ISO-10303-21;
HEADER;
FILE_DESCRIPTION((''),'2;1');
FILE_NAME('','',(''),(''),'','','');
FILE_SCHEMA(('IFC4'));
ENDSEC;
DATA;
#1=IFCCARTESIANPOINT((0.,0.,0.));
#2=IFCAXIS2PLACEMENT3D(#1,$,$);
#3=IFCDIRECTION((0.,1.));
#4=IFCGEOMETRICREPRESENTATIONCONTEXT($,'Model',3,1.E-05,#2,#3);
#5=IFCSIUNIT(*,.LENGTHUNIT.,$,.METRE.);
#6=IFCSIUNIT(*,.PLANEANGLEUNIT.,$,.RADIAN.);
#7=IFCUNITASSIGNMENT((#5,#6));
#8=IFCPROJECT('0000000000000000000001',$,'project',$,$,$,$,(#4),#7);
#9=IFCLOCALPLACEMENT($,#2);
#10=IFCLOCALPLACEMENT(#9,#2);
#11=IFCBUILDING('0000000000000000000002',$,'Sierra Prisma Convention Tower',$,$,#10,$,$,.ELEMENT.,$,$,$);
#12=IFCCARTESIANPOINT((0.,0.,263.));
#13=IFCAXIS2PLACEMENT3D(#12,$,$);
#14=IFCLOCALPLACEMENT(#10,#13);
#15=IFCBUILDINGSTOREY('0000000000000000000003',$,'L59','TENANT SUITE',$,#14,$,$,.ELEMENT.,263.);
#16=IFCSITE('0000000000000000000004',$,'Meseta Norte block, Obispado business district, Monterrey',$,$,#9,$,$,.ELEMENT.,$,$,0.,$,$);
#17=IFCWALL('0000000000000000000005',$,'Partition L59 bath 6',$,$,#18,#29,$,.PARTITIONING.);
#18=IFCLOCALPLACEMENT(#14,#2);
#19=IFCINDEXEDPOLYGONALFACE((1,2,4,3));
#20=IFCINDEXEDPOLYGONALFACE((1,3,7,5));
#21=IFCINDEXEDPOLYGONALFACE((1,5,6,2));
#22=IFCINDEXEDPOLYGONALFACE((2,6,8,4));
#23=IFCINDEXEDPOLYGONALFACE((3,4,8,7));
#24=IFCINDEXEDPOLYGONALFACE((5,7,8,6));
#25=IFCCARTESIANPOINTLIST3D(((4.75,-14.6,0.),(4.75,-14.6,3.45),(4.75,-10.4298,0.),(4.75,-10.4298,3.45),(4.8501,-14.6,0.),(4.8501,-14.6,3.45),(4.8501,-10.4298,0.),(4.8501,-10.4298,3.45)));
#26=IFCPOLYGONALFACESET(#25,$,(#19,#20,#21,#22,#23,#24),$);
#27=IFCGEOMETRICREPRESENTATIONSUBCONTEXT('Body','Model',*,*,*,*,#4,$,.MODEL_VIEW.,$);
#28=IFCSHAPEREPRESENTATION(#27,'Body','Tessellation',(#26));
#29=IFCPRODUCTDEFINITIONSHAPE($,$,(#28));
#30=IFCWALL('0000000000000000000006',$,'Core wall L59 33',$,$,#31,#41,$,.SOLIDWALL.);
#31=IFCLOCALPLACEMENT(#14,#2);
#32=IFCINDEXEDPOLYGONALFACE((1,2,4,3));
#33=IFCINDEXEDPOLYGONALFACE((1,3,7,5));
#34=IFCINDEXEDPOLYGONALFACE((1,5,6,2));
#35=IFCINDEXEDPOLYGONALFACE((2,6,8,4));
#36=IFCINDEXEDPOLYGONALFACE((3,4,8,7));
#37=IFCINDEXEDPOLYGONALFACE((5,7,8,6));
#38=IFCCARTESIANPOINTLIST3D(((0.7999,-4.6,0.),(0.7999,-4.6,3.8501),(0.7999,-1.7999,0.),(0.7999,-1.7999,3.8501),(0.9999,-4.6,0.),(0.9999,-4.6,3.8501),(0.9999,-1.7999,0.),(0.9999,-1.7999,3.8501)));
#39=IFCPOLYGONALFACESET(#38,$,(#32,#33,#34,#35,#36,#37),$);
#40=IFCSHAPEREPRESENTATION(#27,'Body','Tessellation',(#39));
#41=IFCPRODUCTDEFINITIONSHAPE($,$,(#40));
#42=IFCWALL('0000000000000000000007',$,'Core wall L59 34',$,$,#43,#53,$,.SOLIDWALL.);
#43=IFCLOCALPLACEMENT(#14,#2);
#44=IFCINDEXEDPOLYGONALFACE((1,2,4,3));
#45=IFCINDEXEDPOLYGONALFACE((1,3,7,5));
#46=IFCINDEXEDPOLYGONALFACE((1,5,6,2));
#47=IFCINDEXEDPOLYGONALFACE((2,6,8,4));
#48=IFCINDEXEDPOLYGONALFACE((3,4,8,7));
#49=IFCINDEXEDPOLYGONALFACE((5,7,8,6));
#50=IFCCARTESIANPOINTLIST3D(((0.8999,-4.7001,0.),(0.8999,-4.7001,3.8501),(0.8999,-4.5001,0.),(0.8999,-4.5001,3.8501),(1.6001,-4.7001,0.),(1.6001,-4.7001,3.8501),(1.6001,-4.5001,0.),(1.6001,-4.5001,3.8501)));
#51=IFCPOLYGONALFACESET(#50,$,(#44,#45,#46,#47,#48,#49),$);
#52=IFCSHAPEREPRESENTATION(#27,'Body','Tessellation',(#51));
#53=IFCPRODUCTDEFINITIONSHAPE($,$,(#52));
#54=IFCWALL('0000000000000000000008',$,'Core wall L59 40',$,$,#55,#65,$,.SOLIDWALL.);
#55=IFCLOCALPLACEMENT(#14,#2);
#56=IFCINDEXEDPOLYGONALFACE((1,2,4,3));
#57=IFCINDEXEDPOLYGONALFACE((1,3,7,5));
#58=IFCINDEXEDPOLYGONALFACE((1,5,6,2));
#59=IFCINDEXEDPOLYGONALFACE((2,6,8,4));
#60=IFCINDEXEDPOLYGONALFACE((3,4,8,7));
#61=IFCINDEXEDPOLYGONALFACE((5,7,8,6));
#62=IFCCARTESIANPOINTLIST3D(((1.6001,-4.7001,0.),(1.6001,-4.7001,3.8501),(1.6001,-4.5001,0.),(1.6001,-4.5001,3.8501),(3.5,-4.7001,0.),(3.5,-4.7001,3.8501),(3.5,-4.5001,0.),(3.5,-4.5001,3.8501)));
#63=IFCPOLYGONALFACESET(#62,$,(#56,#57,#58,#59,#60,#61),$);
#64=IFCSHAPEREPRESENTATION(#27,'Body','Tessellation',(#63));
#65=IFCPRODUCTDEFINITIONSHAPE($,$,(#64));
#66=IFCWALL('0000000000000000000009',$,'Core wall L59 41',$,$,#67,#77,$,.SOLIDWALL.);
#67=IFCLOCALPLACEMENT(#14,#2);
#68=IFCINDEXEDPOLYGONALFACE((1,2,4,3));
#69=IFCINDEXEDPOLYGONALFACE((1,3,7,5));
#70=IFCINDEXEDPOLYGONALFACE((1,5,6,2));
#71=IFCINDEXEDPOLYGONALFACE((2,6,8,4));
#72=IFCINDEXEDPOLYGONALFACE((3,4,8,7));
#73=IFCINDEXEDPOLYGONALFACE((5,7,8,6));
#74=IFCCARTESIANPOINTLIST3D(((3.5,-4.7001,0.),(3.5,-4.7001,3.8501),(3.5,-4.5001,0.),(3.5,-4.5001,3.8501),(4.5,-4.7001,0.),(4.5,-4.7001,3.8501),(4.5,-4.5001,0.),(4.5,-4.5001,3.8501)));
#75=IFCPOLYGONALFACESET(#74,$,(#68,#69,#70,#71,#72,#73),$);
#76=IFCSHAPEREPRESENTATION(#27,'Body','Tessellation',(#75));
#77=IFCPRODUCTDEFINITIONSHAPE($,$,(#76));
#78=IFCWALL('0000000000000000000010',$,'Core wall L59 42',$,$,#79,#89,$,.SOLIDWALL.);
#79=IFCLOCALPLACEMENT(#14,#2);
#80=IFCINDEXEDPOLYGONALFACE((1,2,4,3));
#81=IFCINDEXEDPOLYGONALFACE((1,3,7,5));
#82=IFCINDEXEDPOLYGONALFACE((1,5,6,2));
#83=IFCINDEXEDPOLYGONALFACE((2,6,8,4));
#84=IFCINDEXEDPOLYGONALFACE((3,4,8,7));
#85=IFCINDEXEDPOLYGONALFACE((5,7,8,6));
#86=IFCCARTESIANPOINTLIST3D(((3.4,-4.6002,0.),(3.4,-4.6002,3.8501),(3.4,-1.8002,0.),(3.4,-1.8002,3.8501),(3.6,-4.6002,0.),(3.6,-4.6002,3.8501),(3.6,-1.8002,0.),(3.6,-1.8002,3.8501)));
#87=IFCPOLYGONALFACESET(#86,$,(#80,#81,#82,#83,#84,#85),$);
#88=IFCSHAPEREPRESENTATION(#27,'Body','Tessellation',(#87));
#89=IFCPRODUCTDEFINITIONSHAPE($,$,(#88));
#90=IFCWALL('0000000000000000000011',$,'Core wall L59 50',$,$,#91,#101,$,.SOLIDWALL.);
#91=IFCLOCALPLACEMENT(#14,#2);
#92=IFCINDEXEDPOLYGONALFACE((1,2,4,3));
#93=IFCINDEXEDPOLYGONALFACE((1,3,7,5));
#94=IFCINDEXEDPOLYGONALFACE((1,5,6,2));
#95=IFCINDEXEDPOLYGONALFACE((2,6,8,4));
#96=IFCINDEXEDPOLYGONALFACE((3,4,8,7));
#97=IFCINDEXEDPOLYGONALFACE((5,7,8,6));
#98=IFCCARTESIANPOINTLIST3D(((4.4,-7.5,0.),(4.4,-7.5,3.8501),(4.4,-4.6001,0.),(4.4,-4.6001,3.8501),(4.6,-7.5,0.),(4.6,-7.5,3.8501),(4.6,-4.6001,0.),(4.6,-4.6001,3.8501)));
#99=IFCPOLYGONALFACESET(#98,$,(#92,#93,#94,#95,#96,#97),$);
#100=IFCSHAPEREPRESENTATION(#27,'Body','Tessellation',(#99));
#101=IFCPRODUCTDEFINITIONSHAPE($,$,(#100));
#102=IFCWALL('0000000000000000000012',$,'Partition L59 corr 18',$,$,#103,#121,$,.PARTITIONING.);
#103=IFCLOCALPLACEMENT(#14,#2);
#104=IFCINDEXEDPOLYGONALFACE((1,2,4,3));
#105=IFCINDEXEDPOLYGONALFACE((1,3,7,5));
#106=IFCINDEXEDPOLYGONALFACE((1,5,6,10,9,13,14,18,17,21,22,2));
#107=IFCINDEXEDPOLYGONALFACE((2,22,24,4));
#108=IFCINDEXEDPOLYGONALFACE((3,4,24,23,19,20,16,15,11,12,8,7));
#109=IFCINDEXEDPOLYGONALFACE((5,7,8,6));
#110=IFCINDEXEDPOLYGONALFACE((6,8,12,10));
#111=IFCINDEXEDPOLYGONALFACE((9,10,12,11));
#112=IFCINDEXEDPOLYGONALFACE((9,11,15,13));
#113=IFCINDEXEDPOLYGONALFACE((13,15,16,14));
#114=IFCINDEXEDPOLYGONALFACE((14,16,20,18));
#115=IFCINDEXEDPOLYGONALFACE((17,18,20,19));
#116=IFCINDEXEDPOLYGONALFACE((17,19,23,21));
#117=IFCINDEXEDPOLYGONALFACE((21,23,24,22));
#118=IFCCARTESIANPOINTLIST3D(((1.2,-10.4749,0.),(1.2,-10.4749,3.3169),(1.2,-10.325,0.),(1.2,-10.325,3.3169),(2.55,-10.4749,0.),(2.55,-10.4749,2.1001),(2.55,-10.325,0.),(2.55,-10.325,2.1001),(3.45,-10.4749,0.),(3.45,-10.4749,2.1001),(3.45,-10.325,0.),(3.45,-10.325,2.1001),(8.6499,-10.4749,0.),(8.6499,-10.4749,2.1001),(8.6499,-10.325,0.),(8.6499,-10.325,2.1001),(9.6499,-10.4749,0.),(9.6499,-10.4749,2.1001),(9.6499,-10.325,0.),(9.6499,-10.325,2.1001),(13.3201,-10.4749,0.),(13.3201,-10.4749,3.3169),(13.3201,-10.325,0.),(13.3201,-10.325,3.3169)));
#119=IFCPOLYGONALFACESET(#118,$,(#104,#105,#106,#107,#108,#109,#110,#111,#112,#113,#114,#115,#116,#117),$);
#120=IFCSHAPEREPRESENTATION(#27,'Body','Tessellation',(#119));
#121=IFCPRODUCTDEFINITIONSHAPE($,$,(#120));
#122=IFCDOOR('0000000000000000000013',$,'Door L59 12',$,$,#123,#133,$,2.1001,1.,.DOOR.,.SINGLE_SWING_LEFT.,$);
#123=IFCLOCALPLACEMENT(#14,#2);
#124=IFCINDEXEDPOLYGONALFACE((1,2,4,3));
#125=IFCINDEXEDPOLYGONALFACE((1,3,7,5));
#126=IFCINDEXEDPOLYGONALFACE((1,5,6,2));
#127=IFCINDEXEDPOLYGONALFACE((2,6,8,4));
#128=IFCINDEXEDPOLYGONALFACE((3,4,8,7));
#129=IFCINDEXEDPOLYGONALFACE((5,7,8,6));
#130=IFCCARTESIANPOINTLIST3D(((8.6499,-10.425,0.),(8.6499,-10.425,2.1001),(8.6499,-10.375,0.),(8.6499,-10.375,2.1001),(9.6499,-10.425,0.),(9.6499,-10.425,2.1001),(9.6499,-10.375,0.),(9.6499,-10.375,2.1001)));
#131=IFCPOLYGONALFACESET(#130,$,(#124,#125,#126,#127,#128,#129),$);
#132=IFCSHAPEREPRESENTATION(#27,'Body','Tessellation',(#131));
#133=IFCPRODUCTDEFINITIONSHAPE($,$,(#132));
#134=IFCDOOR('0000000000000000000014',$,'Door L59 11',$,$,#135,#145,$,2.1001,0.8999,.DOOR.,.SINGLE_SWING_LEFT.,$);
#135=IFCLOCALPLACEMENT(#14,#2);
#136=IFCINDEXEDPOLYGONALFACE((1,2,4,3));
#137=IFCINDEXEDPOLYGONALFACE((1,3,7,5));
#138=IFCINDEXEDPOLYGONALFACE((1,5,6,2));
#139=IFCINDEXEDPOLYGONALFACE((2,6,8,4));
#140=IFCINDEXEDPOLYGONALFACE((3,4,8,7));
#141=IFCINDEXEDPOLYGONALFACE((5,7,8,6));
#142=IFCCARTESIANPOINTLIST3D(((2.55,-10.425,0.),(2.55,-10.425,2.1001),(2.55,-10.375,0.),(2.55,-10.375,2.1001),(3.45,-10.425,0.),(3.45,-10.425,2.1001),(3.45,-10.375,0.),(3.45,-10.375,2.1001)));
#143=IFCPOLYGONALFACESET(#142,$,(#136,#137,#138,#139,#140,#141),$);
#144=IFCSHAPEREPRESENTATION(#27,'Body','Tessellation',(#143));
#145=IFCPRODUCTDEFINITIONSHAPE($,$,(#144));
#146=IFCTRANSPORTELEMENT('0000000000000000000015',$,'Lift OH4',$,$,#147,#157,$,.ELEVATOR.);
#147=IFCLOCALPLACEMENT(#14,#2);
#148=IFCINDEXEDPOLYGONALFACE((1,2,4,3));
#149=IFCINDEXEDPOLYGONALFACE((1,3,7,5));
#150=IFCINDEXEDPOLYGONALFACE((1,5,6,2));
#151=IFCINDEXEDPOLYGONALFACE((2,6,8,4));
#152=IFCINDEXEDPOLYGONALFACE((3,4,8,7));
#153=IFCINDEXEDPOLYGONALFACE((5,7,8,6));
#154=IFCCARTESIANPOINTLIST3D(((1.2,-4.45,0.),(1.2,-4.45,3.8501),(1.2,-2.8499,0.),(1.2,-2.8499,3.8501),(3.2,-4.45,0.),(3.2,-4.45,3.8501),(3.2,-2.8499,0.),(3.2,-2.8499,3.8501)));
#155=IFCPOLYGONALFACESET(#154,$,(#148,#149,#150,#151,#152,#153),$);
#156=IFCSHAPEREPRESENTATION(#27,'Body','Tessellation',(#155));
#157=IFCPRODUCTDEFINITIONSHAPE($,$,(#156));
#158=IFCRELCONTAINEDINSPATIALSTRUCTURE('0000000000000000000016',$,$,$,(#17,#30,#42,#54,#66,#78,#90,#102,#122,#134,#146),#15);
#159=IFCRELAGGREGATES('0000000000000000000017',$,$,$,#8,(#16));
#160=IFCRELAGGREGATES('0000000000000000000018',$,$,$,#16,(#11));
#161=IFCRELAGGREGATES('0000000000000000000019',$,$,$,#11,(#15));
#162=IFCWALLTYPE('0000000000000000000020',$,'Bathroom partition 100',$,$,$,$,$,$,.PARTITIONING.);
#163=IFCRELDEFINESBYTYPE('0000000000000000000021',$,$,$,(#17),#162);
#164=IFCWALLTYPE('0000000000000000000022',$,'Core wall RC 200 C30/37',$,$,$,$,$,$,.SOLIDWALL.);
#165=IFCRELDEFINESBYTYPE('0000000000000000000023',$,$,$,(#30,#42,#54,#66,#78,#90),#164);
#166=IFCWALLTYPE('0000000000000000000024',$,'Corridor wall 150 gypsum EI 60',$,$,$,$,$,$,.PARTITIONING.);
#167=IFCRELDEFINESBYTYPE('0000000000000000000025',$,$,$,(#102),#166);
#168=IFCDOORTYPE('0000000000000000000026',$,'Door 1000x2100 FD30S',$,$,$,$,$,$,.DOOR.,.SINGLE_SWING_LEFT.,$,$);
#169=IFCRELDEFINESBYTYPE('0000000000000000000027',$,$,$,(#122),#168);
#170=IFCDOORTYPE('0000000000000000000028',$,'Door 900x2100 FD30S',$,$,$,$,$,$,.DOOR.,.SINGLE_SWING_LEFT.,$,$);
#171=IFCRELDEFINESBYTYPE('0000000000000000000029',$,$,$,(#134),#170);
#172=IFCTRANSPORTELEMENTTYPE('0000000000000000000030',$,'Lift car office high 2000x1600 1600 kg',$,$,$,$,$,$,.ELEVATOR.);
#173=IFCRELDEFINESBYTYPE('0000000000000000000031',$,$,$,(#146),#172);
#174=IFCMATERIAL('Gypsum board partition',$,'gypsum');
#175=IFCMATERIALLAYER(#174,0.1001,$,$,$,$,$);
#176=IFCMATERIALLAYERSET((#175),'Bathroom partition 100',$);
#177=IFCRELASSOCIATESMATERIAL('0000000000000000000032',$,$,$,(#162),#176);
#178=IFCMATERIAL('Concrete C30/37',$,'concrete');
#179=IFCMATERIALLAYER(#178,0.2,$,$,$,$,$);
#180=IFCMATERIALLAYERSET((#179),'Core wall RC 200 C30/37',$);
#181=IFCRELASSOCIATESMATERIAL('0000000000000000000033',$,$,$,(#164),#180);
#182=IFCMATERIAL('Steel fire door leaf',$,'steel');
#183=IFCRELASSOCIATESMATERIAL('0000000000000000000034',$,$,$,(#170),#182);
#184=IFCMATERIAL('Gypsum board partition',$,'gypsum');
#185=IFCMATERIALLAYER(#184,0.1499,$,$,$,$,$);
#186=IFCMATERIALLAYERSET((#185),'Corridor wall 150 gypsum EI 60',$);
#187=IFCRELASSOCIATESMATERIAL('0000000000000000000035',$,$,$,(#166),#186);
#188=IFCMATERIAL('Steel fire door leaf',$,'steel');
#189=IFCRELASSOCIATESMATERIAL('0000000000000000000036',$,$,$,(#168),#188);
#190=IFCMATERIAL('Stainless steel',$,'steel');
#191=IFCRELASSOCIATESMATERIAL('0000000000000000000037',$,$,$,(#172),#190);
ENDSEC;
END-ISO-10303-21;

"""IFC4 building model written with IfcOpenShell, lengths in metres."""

from ifc_helpers import new_model, si_unit, direction, frame, frame_2d, origin, origin_2d, place, context, subcontext, project, spatial, rectangle, extrude, material, layer, layer_set, type_object, element, fill, save


model = new_model("IFC4")

# Units and contexts
model_context = context("Model", 3, precision=1e-05, world=origin(), true_north=direction((0.0, 1.0)))
body_context = subcontext(model_context, "Body", "Model", "MODEL_VIEW")
ifc_project = project(units=[si_unit("LENGTHUNIT", "METRE"), si_unit("PLANEANGLEUNIT", "RADIAN")], contexts=[model_context])

# Site, building, storey
site_placement = place(None, origin())
site = spatial("IfcSite", under=ifc_project, at=site_placement, Name="Meseta Norte block, Obispado business district, Monterrey", CompositionType="ELEMENT", RefElevation=0.0)
building_placement = place(site_placement, origin())
building = spatial("IfcBuilding", under=site, at=building_placement, Name="Sierra Prisma Convention Tower", CompositionType="ELEMENT")
storey_placement = place(building_placement, frame((0.0, 0.0, 263.0)))
storey = spatial("IfcBuildingStorey", under=building, at=storey_placement, Name="L59", Description="TENANT SUITE", CompositionType="ELEMENT", Elevation=263.0)

# Wall
ifc_material_1 = material(Name="Gypsum board partition", Category="gypsum")
ifc_layer_1 = layer(ifc_material_1, 0.1001)
ifc_layer_set_1 = layer_set([ifc_layer_1], Name="Bathroom partition 100")
wall_type_1 = type_object("IfcWallType", Name="Bathroom partition 100", PredefinedType="PARTITIONING", material=ifc_layer_set_1)
wall_1_placement = place(storey_placement, frame((4.8, -10.4299, 0.0), z_axis=(0.0, 0.0, 1.0), x_axis=(0.0, -1.0, 0.0)))
element("IfcWall", 1, at=wall_1_placement, inside=storey, type_object=wall_type_1, Name="Partition L59 bath 6", PredefinedType="PARTITIONING", context=body_context, shape_type="SweptSolid", body=[
    extrude(rectangle(XDim=4.1702, YDim=0.1001, at=frame_2d((2.085, 0.0))), origin(), (0.0, 0.0, 1.0), 3.45),
])

# Shared definitions
ifc_material_2 = material(Name="Concrete C30/37", Category="concrete")
ifc_layer_2 = layer(ifc_material_2, 0.2)
ifc_layer_set_2 = layer_set([ifc_layer_2], Name="Core wall RC 200 C30/37")
wall_type_2 = type_object("IfcWallType", Name="Core wall RC 200 C30/37", PredefinedType="SOLIDWALL", material=ifc_layer_set_2)

# Walls
wall_2_placement = place(storey_placement, frame((0.8999, -1.8, 0.0), z_axis=(0.0, 0.0, 1.0), x_axis=(0.0, -1.0, 0.0)))
element("IfcWall", 2, at=wall_2_placement, inside=storey, type_object=wall_type_2, Name="Core wall L59 33", PredefinedType="SOLIDWALL", context=body_context, shape_type="SweptSolid", body=[
    extrude(rectangle(XDim=2.8, YDim=0.2, at=frame_2d((1.3999, 0.0))), origin(), (0.0, 0.0, 1.0), 3.8501),
])
wall_3_placement = place(storey_placement, frame((0.8999, -4.6001, 0.0), z_axis=(0.0, 0.0, 1.0), x_axis=(1.0, 0.0, 0.0)))
element("IfcWall", 3, at=wall_3_placement, inside=storey, type_object=wall_type_2, Name="Core wall L59 34", PredefinedType="SOLIDWALL", context=body_context, shape_type="SweptSolid", body=[
    extrude(rectangle(XDim=0.7002, YDim=0.2, at=frame_2d((0.3501, 0.0))), origin(), (0.0, 0.0, 1.0), 3.8501),
])

# Shared definitions
ifc_material_3 = material(Name="Steel fire door leaf", Category="steel")
door_type_1 = type_object("IfcDoorType", Name="Door 900x2100 FD30S", OperationType="SINGLE_SWING_LEFT", PredefinedType="DOOR", material=ifc_material_3)

# Walls
wall_4_placement = place(storey_placement, frame((3.5, -4.6001, 0.0), z_axis=(0.0, 0.0, 1.0), x_axis=(-1.0, 0.0, 0.0)))
element("IfcWall", 4, at=wall_4_placement, inside=storey, type_object=wall_type_2, Name="Core wall L59 40", PredefinedType="SOLIDWALL", context=body_context, shape_type="SweptSolid", body=[
    extrude(rectangle(XDim=1.8999, YDim=0.2, at=frame_2d((0.95, 0.0))), origin(), (0.0, 0.0, 1.0), 3.8501),
])
wall_5_placement = place(storey_placement, frame((4.5, -4.6001, 0.0), z_axis=(0.0, 0.0, 1.0), x_axis=(-1.0, 0.0, 0.0)))
element("IfcWall", 5, at=wall_5_placement, inside=storey, type_object=wall_type_2, Name="Core wall L59 41", PredefinedType="SOLIDWALL", context=body_context, shape_type="SweptSolid", body=[
    extrude(rectangle(XDim=1.0, YDim=0.2, at=frame_2d((0.5, 0.0))), origin(), (0.0, 0.0, 1.0), 3.8501),
])
wall_6_placement = place(storey_placement, frame((3.5, -4.6001, 0.0), z_axis=(0.0, 0.0, 1.0), x_axis=(0.0, 1.0, 0.0)))
element("IfcWall", 6, at=wall_6_placement, inside=storey, type_object=wall_type_2, Name="Core wall L59 42", PredefinedType="SOLIDWALL", context=body_context, shape_type="SweptSolid", body=[
    extrude(rectangle(XDim=2.8, YDim=0.2, at=frame_2d((1.3999, 0.0))), origin(), (0.0, 0.0, 1.0), 3.8501),
])

# Wall
wall_7_placement = place(storey_placement, frame((4.5, -4.6001, 0.0), z_axis=(0.0, 0.0, 1.0), x_axis=(0.0, -1.0, 0.0)))
element("IfcWall", 7, at=wall_7_placement, inside=storey, type_object=wall_type_2, Name="Core wall L59 50", PredefinedType="SOLIDWALL", context=body_context, shape_type="SweptSolid", body=[
    extrude(rectangle(XDim=2.8999, YDim=0.2, at=frame_2d((1.45, 0.0))), origin(), (0.0, 0.0, 1.0), 3.8501),
])

# Wall, openings, doors
ifc_material_4 = material(Name="Gypsum board partition", Category="gypsum")
ifc_layer_3 = layer(ifc_material_4, 0.1499)
ifc_layer_set_3 = layer_set([ifc_layer_3], Name="Corridor wall 150 gypsum EI 60")
wall_type_3 = type_object("IfcWallType", Name="Corridor wall 150 gypsum EI 60", PredefinedType="PARTITIONING", material=ifc_layer_set_3)
wall_8_placement = place(storey_placement, frame((1.2, -10.3999, 0.0), z_axis=(0.0, 0.0, 1.0), x_axis=(1.0, 0.0, 0.0)))
wall_8 = element("IfcWall", 8, at=wall_8_placement, inside=storey, type_object=wall_type_3, Name="Partition L59 corr 18", PredefinedType="PARTITIONING", context=body_context, shape_type="SweptSolid", body=[
    extrude(rectangle(XDim=12.1201, YDim=0.1499, at=frame_2d((6.0601, 0.0))), origin(), (0.0, 0.0, 1.0), 3.3169),
])
opening_1_placement = place(wall_8_placement, frame((1.3501, 0.0, 0.0)))
opening_1 = element("IfcOpeningElement", 9, at=opening_1_placement, cuts=wall_8, PredefinedType="OPENING", context=body_context, shape_type="SweptSolid", body=[
    extrude(rectangle(XDim=0.8999, YDim=2.1001, at=frame_2d((0.45, 1.05))), frame((0.0, 0.075, 0.0), z_axis=(0.0, -1.0, 0.0), x_axis=(1.0, 0.0, 0.0)), (0.0, 0.0, 1.0), 0.1499),
])
opening_2_placement = place(wall_8_placement, frame((7.45, 0.0, 0.0)))
opening_2 = element("IfcOpeningElement", 10, at=opening_2_placement, cuts=wall_8, PredefinedType="OPENING", context=body_context, shape_type="SweptSolid", body=[
    extrude(rectangle(XDim=1.0, YDim=2.1001, at=frame_2d((0.5, 1.05))), frame((0.0, 0.075, 0.0), z_axis=(0.0, -1.0, 0.0), x_axis=(1.0, 0.0, 0.0)), (0.0, 0.0, 1.0), 0.1499),
])
ifc_material_5 = material(Name="Steel fire door leaf", Category="steel")
door_type_2 = type_object("IfcDoorType", Name="Door 1000x2100 FD30S", OperationType="SINGLE_SWING_LEFT", PredefinedType="DOOR", material=ifc_material_5)
door_1_placement = place(opening_2_placement, origin())
door_1 = element("IfcDoor", 11, at=door_1_placement, inside=storey, type_object=door_type_2, Name="Door L59 12", OperationType="SINGLE_SWING_LEFT", OverallHeight=2.1001, OverallWidth=1.0, PredefinedType="DOOR", context=body_context, shape_type="SweptSolid", body=[
    extrude(rectangle(XDim=1.0, YDim=2.1001, at=frame_2d((0.5, 1.05))), frame((0.0, 0.0249, 0.0), z_axis=(0.0, -1.0, 0.0), x_axis=(1.0, 0.0, 0.0)), (0.0, 0.0, 1.0), 0.05),
])
fill(opening_2, door_1)
door_2_placement = place(opening_1_placement, origin())
door_2 = element("IfcDoor", 12, at=door_2_placement, inside=storey, type_object=door_type_1, Name="Door L59 11", OperationType="SINGLE_SWING_LEFT", OverallHeight=2.1001, OverallWidth=0.8999, PredefinedType="DOOR", context=body_context, shape_type="SweptSolid", body=[
    extrude(rectangle(XDim=0.8999, YDim=2.1001, at=frame_2d((0.45, 1.05))), frame((0.0, 0.0249, 0.0), z_axis=(0.0, -1.0, 0.0), x_axis=(1.0, 0.0, 0.0)), (0.0, 0.0, 1.0), 0.05),
])
fill(opening_1, door_2)

# Transport element
ifc_material_6 = material(Name="Stainless steel", Category="steel")
transport_element_type = type_object("IfcTransportElementType", Name="Lift car office high 2000x1600 1600 kg", PredefinedType="ELEVATOR", material=ifc_material_6)
transport_element_placement = place(storey_placement, frame((2.2, -3.6499, 0.0), z_axis=(0.0, 0.0, 1.0), x_axis=(1.0, 0.0, 0.0)))
element("IfcTransportElement", 13, at=transport_element_placement, inside=storey, type_object=transport_element_type, Name="Lift OH4", PredefinedType="ELEVATOR", context=body_context, shape_type="SweptSolid", body=[
    extrude(rectangle(XDim=2.0, YDim=1.6001, at=origin_2d()), origin(), (0.0, 0.0, 1.0), 3.8501),
])

save(model, "model.ifc")
